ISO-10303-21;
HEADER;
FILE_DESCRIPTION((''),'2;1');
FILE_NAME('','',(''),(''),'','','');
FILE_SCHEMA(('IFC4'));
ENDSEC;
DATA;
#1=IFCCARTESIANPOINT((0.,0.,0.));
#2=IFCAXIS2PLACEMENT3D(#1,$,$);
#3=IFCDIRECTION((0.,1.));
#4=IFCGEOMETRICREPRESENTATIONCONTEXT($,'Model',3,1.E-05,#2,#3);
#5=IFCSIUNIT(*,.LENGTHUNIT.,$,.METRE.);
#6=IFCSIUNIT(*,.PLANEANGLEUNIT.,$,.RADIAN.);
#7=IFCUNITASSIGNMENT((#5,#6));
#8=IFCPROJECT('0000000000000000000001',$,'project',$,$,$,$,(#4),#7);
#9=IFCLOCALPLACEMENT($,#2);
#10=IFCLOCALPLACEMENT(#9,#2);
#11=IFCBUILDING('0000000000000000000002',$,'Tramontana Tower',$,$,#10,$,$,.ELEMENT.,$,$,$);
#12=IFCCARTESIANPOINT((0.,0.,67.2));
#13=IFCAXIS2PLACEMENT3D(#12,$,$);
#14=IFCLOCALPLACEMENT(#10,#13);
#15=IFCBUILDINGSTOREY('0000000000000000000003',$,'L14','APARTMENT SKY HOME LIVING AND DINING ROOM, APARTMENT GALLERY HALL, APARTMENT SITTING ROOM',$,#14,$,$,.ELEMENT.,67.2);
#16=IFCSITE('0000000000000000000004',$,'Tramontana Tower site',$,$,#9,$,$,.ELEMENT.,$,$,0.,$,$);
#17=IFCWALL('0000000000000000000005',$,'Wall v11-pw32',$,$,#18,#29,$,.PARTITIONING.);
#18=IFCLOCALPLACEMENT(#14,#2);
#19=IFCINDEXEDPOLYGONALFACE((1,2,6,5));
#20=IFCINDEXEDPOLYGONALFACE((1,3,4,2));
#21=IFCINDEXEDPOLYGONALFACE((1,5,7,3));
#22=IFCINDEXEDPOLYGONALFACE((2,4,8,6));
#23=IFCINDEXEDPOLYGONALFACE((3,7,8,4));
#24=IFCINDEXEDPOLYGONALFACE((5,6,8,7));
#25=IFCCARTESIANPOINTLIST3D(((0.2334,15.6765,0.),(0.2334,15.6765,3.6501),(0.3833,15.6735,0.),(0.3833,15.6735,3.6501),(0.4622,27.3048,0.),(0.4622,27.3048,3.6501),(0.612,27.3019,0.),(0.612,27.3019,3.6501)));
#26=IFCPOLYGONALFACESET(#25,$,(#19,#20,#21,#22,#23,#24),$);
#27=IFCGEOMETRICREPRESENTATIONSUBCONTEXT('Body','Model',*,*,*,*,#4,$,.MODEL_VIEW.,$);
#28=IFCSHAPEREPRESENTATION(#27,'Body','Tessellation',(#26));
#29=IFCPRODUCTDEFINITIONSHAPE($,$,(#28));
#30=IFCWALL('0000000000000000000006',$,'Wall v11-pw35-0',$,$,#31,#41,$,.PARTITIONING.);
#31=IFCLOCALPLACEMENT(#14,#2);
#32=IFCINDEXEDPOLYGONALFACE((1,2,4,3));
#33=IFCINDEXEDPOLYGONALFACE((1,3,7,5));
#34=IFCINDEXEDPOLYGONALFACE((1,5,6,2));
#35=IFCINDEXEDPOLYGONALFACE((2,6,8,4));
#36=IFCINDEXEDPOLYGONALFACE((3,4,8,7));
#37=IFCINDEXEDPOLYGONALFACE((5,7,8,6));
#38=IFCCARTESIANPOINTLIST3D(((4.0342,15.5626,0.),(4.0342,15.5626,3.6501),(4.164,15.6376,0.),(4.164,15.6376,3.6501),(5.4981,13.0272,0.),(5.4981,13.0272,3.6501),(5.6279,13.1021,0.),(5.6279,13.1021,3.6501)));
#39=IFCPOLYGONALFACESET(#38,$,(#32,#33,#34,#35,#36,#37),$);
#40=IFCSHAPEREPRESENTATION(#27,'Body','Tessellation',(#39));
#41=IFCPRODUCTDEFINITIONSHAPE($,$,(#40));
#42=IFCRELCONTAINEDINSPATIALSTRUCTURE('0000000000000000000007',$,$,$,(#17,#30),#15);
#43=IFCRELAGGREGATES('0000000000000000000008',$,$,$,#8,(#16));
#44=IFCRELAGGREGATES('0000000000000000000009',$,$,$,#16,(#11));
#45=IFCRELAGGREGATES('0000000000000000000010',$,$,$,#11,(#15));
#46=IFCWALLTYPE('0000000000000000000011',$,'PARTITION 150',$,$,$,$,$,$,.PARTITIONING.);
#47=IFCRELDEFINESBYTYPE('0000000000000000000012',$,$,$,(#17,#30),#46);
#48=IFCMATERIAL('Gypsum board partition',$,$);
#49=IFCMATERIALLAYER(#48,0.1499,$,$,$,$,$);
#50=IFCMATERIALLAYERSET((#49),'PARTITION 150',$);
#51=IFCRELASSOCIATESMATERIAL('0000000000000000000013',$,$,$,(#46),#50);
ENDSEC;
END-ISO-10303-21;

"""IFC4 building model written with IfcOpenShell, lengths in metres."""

from ifc_helpers import new_model, si_unit, direction, frame, frame_2d, origin, place, context, subcontext, project, spatial, rectangle, extrude, material, layer, layer_set, type_object, element, save


model = new_model("IFC4")

# Units and contexts
model_context = context("Model", 3, precision=1e-05, world=origin(), true_north=direction((0.0, 1.0)))
body_context = subcontext(model_context, "Body", "Model", "MODEL_VIEW")
ifc_project = project(units=[si_unit("LENGTHUNIT", "METRE"), si_unit("PLANEANGLEUNIT", "RADIAN")], contexts=[model_context])

# Site, building, storey
site_placement = place(None, origin())
site = spatial("IfcSite", under=ifc_project, at=site_placement, Name="Tramontana Tower site", CompositionType="ELEMENT", RefElevation=0.0)
building_placement = place(site_placement, origin())
building = spatial("IfcBuilding", under=site, at=building_placement, Name="Tramontana Tower", CompositionType="ELEMENT")
storey_placement = place(building_placement, frame((0.0, 0.0, 67.2)))
storey = spatial("IfcBuildingStorey", under=building, at=storey_placement, Name="L14", Description="APARTMENT SKY HOME LIVING AND DINING ROOM, APARTMENT GALLERY HALL, APARTMENT SITTING ROOM", CompositionType="ELEMENT", Elevation=67.2)

# Shared definitions
ifc_material_1 = material(Name="Gypsum board partition")
ifc_layer_1 = layer(ifc_material_1, 0.1499)
ifc_layer_set_1 = layer_set([ifc_layer_1], Name="PARTITION 150")
wall_type_1 = type_object("IfcWallType", Name="PARTITION 150", PredefinedType="PARTITIONING", material=ifc_layer_set_1)

# Walls
wall_1_placement = place(storey_placement, frame((0.5371, 27.3035, 0.0), z_axis=(0.0, 0.0, 1.0), x_axis=(-0.019669, -0.999807, 0.0)))
element("IfcWall", 1, at=wall_1_placement, inside=storey, type_object=wall_type_1, Name="Wall v11-pw32", PredefinedType="PARTITIONING", context=body_context, shape_type="SweptSolid", body=[
    extrude(rectangle(XDim=11.6306, YDim=0.1499, at=frame_2d((5.8154, 0.0))), origin(), (0.0, 0.0, 1.0), 3.6501),
])
wall_2_placement = place(storey_placement, frame((4.0991, 15.6001, 0.0), z_axis=(0.0, 0.0, 1.0), x_axis=(0.500014, -0.866018, 0.0)))
element("IfcWall", 2, at=wall_2_placement, inside=storey, type_object=wall_type_1, Name="Wall v11-pw35-0", PredefinedType="PARTITIONING", context=body_context, shape_type="SweptSolid", body=[
    extrude(rectangle(XDim=2.9277, YDim=0.1499, at=frame_2d((1.4639, 0.0))), origin(), (0.0, 0.0, 1.0), 3.6501),
])

save(model, "model.ifc")
